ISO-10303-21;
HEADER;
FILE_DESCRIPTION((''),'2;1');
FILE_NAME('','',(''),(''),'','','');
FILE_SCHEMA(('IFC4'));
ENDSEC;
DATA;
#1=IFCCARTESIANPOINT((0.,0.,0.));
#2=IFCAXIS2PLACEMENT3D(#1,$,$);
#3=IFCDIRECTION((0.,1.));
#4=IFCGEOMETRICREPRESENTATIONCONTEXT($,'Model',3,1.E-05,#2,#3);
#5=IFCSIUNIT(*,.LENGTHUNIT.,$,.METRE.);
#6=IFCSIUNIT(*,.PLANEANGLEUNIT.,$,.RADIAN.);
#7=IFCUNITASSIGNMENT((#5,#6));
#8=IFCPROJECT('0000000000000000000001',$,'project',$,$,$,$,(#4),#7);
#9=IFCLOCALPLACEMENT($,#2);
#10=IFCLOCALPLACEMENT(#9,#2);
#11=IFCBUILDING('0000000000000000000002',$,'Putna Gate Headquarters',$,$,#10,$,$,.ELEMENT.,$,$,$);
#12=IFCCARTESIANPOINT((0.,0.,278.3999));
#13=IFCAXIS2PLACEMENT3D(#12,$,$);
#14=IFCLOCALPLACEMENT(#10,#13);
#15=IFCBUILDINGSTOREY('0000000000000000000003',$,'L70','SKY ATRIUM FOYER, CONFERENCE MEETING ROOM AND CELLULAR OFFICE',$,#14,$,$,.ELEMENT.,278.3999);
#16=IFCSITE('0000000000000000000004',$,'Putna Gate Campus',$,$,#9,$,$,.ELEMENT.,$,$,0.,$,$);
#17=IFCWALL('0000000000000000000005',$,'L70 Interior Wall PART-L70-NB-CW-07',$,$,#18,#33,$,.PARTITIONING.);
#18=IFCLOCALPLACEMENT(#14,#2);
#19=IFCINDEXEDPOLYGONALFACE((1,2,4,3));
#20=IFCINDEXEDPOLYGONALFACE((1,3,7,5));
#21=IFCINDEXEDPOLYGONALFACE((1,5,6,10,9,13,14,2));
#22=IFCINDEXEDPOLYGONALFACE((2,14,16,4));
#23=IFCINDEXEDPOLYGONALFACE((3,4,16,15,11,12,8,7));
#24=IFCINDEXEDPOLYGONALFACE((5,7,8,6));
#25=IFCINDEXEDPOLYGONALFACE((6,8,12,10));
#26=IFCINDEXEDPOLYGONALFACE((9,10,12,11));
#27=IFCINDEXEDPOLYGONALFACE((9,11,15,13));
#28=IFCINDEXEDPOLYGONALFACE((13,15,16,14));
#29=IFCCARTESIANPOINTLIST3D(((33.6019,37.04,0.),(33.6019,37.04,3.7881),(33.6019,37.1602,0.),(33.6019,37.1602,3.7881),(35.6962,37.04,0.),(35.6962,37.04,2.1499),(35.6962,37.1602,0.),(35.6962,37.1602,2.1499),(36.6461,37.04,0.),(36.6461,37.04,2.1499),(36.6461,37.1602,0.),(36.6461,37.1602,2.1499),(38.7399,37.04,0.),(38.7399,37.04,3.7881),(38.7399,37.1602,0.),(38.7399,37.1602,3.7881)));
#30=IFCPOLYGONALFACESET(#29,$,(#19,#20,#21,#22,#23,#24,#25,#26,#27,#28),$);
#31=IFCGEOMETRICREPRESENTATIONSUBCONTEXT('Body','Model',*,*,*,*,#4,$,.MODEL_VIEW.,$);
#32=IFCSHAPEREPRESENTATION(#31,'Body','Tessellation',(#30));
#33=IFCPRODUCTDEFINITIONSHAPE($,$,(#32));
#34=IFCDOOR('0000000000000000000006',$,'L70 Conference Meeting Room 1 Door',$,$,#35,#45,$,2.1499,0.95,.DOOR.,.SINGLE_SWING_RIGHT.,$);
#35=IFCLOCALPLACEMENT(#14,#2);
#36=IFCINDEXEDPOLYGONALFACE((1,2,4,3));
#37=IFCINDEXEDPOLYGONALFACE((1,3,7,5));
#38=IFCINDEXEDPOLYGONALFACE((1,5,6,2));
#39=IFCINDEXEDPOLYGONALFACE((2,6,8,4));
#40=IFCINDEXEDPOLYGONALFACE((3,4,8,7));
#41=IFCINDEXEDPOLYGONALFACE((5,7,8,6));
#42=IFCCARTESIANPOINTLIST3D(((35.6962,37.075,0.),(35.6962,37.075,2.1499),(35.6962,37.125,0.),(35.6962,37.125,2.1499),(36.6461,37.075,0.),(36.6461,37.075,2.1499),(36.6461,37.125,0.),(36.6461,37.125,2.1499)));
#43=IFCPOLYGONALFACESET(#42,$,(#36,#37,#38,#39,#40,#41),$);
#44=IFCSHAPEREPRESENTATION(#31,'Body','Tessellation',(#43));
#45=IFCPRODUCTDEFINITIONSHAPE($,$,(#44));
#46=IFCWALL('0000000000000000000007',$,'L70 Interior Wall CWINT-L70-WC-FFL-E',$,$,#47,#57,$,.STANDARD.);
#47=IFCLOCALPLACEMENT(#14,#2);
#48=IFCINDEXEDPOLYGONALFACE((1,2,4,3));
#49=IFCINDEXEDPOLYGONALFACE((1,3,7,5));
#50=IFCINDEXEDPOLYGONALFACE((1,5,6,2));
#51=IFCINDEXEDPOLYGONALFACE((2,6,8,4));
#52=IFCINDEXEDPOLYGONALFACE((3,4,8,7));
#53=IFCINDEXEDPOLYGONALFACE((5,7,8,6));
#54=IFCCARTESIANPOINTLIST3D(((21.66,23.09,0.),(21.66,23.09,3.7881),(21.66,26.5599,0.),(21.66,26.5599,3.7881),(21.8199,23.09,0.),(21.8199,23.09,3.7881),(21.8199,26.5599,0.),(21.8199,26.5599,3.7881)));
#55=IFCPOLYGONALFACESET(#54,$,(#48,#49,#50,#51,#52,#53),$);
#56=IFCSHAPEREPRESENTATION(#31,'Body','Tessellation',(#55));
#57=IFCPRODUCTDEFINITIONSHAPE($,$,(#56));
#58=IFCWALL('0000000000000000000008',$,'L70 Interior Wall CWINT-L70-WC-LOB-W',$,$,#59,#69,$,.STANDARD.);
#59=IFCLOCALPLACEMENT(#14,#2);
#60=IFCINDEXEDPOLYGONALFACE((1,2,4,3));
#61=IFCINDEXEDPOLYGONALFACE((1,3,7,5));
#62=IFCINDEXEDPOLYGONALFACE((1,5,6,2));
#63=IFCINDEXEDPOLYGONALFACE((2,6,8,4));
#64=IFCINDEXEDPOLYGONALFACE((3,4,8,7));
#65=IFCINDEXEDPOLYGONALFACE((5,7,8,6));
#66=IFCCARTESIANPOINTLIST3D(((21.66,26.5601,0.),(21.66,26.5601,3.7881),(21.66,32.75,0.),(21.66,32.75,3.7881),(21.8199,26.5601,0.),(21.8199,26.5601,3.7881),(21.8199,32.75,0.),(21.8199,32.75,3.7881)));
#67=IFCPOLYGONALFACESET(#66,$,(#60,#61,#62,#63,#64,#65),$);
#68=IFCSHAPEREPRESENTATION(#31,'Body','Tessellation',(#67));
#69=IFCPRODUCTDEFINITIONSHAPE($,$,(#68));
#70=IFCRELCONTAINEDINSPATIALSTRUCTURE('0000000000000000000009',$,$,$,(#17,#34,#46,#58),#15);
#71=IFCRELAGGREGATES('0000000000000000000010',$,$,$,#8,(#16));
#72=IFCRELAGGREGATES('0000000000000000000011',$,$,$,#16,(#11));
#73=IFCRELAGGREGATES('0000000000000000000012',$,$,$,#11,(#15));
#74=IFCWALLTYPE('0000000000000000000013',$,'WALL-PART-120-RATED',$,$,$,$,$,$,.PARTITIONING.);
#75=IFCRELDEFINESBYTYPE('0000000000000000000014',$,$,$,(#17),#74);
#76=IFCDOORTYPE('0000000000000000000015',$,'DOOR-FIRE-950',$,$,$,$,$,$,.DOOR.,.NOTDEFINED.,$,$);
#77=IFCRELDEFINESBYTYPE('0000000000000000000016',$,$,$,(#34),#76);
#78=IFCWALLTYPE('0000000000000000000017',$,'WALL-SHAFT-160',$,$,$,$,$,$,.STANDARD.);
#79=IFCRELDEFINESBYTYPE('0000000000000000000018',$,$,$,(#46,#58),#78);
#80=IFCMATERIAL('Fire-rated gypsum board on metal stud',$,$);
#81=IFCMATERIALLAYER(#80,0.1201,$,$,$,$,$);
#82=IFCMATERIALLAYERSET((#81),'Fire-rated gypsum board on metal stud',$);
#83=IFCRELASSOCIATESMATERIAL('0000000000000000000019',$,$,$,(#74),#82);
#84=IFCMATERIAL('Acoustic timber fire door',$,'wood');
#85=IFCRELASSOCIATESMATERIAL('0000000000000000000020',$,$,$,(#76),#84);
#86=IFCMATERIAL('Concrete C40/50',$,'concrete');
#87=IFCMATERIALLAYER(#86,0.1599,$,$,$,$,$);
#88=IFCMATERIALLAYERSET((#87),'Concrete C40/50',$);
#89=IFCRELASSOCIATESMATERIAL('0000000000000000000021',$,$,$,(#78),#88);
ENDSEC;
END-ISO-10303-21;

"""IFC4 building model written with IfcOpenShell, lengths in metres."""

from ifc_helpers import new_model, si_unit, direction, frame, frame_2d, origin, place, context, subcontext, project, spatial, rectangle, extrude, material, layer, layer_set, type_object, element, fill, save


model = new_model("IFC4")

# Units and contexts
model_context = context("Model", 3, precision=1e-05, world=origin(), true_north=direction((0.0, 1.0)))
body_context = subcontext(model_context, "Body", "Model", "MODEL_VIEW")
ifc_project = project(units=[si_unit("LENGTHUNIT", "METRE"), si_unit("PLANEANGLEUNIT", "RADIAN")], contexts=[model_context])

# Site, building, storey
site_placement = place(None, origin())
site = spatial("IfcSite", under=ifc_project, at=site_placement, Name="Putna Gate Campus", CompositionType="ELEMENT", RefElevation=0.0)
building_placement = place(site_placement, origin())
building = spatial("IfcBuilding", under=site, at=building_placement, Name="Putna Gate Headquarters", CompositionType="ELEMENT")
storey_placement = place(building_placement, frame((0.0, 0.0, 278.3999)))
storey = spatial("IfcBuildingStorey", under=building, at=storey_placement, Name="L70", Description="SKY ATRIUM FOYER, CONFERENCE MEETING ROOM AND CELLULAR OFFICE", CompositionType="ELEMENT", Elevation=278.3999)

# Shared definitions
ifc_material_1 = material(Name="Fire-rated gypsum board on metal stud")
ifc_layer_1 = layer(ifc_material_1, 0.1201)
ifc_layer_set_1 = layer_set([ifc_layer_1], Name="Fire-rated gypsum board on metal stud")
wall_type_1 = type_object("IfcWallType", Name="WALL-PART-120-RATED", PredefinedType="PARTITIONING", material=ifc_layer_set_1)

# Wall, opening, door
ifc_material_2 = material(Name="Acoustic timber fire door", Category="wood")
door_type = type_object("IfcDoorType", Name="DOOR-FIRE-950", OperationType="NOTDEFINED", PredefinedType="DOOR", material=ifc_material_2)
wall_1_placement = place(storey_placement, frame((33.6021, 37.1001, 0.0), z_axis=(0.0, 0.0, 1.0), x_axis=(1.0, 0.0, 0.0)))
wall_1 = element("IfcWall", 1, at=wall_1_placement, inside=storey, type_object=wall_type_1, Name="L70 Interior Wall PART-L70-NB-CW-07", PredefinedType="PARTITIONING", context=body_context, shape_type="SweptSolid", body=[
    extrude(rectangle(XDim=5.1379, YDim=0.1201, at=frame_2d((2.5688, 0.0))), origin(), (0.0, 0.0, 1.0), 3.7881),
])
opening_1_placement = place(wall_1_placement, frame((2.094, 0.0, 0.0)))
opening_1 = element("IfcOpeningElement", 2, at=opening_1_placement, cuts=wall_1, PredefinedType="OPENING", context=body_context, shape_type="SweptSolid", body=[
    extrude(rectangle(XDim=0.95, YDim=2.1499, at=frame_2d((0.4751, 1.075))), frame((0.0, 0.0701, 0.0), z_axis=(0.0, -1.0, 0.0), x_axis=(1.0, 0.0, 0.0)), (0.0, 0.0, 1.0), 0.1401),
])
door_1_placement = place(opening_1_placement, origin())
door_1 = element("IfcDoor", 3, at=door_1_placement, inside=storey, type_object=door_type, Name="L70 Conference Meeting Room 1 Door", OperationType="SINGLE_SWING_RIGHT", OverallHeight=2.1499, OverallWidth=0.95, PredefinedType="DOOR", context=body_context, shape_type="SweptSolid", body=[
    extrude(rectangle(XDim=0.95, YDim=2.1499, at=frame_2d((0.4751, 1.075))), frame((0.0, 0.0249, 0.0), z_axis=(0.0, -1.0, 0.0), x_axis=(1.0, 0.0, 0.0)), (0.0, 0.0, 1.0), 0.05),
])
fill(opening_1, door_1)

# Walls
ifc_material_3 = material(Name="Concrete C40/50", Category="concrete")
ifc_layer_2 = layer(ifc_material_3, 0.1599)
ifc_layer_set_2 = layer_set([ifc_layer_2], Name="Concrete C40/50")
wall_type_2 = type_object("IfcWallType", Name="WALL-SHAFT-160", PredefinedType="STANDARD", material=ifc_layer_set_2)
wall_2_placement = place(storey_placement, frame((21.74, 23.0901, 0.0), z_axis=(0.0, 0.0, 1.0), x_axis=(0.0, 1.0, 0.0)))
element("IfcWall", 4, at=wall_2_placement, inside=storey, type_object=wall_type_2, Name="L70 Interior Wall CWINT-L70-WC-FFL-E", PredefinedType="STANDARD", context=body_context, shape_type="SweptSolid", body=[
    extrude(rectangle(XDim=3.47, YDim=0.1599, at=frame_2d((1.7349, 0.0))), origin(), (0.0, 0.0, 1.0), 3.7881),
])
wall_3_placement = place(storey_placement, frame((21.74, 26.5601, 0.0), z_axis=(0.0, 0.0, 1.0), x_axis=(0.0, 1.0, 0.0)))
element("IfcWall", 5, at=wall_3_placement, inside=storey, type_object=wall_type_2, Name="L70 Interior Wall CWINT-L70-WC-LOB-W", PredefinedType="STANDARD", context=body_context, shape_type="SweptSolid", body=[
    extrude(rectangle(XDim=6.1899, YDim=0.1599, at=frame_2d((3.095, 0.0))), origin(), (0.0, 0.0, 1.0), 3.7881),
])

save(model, "model.ifc")
